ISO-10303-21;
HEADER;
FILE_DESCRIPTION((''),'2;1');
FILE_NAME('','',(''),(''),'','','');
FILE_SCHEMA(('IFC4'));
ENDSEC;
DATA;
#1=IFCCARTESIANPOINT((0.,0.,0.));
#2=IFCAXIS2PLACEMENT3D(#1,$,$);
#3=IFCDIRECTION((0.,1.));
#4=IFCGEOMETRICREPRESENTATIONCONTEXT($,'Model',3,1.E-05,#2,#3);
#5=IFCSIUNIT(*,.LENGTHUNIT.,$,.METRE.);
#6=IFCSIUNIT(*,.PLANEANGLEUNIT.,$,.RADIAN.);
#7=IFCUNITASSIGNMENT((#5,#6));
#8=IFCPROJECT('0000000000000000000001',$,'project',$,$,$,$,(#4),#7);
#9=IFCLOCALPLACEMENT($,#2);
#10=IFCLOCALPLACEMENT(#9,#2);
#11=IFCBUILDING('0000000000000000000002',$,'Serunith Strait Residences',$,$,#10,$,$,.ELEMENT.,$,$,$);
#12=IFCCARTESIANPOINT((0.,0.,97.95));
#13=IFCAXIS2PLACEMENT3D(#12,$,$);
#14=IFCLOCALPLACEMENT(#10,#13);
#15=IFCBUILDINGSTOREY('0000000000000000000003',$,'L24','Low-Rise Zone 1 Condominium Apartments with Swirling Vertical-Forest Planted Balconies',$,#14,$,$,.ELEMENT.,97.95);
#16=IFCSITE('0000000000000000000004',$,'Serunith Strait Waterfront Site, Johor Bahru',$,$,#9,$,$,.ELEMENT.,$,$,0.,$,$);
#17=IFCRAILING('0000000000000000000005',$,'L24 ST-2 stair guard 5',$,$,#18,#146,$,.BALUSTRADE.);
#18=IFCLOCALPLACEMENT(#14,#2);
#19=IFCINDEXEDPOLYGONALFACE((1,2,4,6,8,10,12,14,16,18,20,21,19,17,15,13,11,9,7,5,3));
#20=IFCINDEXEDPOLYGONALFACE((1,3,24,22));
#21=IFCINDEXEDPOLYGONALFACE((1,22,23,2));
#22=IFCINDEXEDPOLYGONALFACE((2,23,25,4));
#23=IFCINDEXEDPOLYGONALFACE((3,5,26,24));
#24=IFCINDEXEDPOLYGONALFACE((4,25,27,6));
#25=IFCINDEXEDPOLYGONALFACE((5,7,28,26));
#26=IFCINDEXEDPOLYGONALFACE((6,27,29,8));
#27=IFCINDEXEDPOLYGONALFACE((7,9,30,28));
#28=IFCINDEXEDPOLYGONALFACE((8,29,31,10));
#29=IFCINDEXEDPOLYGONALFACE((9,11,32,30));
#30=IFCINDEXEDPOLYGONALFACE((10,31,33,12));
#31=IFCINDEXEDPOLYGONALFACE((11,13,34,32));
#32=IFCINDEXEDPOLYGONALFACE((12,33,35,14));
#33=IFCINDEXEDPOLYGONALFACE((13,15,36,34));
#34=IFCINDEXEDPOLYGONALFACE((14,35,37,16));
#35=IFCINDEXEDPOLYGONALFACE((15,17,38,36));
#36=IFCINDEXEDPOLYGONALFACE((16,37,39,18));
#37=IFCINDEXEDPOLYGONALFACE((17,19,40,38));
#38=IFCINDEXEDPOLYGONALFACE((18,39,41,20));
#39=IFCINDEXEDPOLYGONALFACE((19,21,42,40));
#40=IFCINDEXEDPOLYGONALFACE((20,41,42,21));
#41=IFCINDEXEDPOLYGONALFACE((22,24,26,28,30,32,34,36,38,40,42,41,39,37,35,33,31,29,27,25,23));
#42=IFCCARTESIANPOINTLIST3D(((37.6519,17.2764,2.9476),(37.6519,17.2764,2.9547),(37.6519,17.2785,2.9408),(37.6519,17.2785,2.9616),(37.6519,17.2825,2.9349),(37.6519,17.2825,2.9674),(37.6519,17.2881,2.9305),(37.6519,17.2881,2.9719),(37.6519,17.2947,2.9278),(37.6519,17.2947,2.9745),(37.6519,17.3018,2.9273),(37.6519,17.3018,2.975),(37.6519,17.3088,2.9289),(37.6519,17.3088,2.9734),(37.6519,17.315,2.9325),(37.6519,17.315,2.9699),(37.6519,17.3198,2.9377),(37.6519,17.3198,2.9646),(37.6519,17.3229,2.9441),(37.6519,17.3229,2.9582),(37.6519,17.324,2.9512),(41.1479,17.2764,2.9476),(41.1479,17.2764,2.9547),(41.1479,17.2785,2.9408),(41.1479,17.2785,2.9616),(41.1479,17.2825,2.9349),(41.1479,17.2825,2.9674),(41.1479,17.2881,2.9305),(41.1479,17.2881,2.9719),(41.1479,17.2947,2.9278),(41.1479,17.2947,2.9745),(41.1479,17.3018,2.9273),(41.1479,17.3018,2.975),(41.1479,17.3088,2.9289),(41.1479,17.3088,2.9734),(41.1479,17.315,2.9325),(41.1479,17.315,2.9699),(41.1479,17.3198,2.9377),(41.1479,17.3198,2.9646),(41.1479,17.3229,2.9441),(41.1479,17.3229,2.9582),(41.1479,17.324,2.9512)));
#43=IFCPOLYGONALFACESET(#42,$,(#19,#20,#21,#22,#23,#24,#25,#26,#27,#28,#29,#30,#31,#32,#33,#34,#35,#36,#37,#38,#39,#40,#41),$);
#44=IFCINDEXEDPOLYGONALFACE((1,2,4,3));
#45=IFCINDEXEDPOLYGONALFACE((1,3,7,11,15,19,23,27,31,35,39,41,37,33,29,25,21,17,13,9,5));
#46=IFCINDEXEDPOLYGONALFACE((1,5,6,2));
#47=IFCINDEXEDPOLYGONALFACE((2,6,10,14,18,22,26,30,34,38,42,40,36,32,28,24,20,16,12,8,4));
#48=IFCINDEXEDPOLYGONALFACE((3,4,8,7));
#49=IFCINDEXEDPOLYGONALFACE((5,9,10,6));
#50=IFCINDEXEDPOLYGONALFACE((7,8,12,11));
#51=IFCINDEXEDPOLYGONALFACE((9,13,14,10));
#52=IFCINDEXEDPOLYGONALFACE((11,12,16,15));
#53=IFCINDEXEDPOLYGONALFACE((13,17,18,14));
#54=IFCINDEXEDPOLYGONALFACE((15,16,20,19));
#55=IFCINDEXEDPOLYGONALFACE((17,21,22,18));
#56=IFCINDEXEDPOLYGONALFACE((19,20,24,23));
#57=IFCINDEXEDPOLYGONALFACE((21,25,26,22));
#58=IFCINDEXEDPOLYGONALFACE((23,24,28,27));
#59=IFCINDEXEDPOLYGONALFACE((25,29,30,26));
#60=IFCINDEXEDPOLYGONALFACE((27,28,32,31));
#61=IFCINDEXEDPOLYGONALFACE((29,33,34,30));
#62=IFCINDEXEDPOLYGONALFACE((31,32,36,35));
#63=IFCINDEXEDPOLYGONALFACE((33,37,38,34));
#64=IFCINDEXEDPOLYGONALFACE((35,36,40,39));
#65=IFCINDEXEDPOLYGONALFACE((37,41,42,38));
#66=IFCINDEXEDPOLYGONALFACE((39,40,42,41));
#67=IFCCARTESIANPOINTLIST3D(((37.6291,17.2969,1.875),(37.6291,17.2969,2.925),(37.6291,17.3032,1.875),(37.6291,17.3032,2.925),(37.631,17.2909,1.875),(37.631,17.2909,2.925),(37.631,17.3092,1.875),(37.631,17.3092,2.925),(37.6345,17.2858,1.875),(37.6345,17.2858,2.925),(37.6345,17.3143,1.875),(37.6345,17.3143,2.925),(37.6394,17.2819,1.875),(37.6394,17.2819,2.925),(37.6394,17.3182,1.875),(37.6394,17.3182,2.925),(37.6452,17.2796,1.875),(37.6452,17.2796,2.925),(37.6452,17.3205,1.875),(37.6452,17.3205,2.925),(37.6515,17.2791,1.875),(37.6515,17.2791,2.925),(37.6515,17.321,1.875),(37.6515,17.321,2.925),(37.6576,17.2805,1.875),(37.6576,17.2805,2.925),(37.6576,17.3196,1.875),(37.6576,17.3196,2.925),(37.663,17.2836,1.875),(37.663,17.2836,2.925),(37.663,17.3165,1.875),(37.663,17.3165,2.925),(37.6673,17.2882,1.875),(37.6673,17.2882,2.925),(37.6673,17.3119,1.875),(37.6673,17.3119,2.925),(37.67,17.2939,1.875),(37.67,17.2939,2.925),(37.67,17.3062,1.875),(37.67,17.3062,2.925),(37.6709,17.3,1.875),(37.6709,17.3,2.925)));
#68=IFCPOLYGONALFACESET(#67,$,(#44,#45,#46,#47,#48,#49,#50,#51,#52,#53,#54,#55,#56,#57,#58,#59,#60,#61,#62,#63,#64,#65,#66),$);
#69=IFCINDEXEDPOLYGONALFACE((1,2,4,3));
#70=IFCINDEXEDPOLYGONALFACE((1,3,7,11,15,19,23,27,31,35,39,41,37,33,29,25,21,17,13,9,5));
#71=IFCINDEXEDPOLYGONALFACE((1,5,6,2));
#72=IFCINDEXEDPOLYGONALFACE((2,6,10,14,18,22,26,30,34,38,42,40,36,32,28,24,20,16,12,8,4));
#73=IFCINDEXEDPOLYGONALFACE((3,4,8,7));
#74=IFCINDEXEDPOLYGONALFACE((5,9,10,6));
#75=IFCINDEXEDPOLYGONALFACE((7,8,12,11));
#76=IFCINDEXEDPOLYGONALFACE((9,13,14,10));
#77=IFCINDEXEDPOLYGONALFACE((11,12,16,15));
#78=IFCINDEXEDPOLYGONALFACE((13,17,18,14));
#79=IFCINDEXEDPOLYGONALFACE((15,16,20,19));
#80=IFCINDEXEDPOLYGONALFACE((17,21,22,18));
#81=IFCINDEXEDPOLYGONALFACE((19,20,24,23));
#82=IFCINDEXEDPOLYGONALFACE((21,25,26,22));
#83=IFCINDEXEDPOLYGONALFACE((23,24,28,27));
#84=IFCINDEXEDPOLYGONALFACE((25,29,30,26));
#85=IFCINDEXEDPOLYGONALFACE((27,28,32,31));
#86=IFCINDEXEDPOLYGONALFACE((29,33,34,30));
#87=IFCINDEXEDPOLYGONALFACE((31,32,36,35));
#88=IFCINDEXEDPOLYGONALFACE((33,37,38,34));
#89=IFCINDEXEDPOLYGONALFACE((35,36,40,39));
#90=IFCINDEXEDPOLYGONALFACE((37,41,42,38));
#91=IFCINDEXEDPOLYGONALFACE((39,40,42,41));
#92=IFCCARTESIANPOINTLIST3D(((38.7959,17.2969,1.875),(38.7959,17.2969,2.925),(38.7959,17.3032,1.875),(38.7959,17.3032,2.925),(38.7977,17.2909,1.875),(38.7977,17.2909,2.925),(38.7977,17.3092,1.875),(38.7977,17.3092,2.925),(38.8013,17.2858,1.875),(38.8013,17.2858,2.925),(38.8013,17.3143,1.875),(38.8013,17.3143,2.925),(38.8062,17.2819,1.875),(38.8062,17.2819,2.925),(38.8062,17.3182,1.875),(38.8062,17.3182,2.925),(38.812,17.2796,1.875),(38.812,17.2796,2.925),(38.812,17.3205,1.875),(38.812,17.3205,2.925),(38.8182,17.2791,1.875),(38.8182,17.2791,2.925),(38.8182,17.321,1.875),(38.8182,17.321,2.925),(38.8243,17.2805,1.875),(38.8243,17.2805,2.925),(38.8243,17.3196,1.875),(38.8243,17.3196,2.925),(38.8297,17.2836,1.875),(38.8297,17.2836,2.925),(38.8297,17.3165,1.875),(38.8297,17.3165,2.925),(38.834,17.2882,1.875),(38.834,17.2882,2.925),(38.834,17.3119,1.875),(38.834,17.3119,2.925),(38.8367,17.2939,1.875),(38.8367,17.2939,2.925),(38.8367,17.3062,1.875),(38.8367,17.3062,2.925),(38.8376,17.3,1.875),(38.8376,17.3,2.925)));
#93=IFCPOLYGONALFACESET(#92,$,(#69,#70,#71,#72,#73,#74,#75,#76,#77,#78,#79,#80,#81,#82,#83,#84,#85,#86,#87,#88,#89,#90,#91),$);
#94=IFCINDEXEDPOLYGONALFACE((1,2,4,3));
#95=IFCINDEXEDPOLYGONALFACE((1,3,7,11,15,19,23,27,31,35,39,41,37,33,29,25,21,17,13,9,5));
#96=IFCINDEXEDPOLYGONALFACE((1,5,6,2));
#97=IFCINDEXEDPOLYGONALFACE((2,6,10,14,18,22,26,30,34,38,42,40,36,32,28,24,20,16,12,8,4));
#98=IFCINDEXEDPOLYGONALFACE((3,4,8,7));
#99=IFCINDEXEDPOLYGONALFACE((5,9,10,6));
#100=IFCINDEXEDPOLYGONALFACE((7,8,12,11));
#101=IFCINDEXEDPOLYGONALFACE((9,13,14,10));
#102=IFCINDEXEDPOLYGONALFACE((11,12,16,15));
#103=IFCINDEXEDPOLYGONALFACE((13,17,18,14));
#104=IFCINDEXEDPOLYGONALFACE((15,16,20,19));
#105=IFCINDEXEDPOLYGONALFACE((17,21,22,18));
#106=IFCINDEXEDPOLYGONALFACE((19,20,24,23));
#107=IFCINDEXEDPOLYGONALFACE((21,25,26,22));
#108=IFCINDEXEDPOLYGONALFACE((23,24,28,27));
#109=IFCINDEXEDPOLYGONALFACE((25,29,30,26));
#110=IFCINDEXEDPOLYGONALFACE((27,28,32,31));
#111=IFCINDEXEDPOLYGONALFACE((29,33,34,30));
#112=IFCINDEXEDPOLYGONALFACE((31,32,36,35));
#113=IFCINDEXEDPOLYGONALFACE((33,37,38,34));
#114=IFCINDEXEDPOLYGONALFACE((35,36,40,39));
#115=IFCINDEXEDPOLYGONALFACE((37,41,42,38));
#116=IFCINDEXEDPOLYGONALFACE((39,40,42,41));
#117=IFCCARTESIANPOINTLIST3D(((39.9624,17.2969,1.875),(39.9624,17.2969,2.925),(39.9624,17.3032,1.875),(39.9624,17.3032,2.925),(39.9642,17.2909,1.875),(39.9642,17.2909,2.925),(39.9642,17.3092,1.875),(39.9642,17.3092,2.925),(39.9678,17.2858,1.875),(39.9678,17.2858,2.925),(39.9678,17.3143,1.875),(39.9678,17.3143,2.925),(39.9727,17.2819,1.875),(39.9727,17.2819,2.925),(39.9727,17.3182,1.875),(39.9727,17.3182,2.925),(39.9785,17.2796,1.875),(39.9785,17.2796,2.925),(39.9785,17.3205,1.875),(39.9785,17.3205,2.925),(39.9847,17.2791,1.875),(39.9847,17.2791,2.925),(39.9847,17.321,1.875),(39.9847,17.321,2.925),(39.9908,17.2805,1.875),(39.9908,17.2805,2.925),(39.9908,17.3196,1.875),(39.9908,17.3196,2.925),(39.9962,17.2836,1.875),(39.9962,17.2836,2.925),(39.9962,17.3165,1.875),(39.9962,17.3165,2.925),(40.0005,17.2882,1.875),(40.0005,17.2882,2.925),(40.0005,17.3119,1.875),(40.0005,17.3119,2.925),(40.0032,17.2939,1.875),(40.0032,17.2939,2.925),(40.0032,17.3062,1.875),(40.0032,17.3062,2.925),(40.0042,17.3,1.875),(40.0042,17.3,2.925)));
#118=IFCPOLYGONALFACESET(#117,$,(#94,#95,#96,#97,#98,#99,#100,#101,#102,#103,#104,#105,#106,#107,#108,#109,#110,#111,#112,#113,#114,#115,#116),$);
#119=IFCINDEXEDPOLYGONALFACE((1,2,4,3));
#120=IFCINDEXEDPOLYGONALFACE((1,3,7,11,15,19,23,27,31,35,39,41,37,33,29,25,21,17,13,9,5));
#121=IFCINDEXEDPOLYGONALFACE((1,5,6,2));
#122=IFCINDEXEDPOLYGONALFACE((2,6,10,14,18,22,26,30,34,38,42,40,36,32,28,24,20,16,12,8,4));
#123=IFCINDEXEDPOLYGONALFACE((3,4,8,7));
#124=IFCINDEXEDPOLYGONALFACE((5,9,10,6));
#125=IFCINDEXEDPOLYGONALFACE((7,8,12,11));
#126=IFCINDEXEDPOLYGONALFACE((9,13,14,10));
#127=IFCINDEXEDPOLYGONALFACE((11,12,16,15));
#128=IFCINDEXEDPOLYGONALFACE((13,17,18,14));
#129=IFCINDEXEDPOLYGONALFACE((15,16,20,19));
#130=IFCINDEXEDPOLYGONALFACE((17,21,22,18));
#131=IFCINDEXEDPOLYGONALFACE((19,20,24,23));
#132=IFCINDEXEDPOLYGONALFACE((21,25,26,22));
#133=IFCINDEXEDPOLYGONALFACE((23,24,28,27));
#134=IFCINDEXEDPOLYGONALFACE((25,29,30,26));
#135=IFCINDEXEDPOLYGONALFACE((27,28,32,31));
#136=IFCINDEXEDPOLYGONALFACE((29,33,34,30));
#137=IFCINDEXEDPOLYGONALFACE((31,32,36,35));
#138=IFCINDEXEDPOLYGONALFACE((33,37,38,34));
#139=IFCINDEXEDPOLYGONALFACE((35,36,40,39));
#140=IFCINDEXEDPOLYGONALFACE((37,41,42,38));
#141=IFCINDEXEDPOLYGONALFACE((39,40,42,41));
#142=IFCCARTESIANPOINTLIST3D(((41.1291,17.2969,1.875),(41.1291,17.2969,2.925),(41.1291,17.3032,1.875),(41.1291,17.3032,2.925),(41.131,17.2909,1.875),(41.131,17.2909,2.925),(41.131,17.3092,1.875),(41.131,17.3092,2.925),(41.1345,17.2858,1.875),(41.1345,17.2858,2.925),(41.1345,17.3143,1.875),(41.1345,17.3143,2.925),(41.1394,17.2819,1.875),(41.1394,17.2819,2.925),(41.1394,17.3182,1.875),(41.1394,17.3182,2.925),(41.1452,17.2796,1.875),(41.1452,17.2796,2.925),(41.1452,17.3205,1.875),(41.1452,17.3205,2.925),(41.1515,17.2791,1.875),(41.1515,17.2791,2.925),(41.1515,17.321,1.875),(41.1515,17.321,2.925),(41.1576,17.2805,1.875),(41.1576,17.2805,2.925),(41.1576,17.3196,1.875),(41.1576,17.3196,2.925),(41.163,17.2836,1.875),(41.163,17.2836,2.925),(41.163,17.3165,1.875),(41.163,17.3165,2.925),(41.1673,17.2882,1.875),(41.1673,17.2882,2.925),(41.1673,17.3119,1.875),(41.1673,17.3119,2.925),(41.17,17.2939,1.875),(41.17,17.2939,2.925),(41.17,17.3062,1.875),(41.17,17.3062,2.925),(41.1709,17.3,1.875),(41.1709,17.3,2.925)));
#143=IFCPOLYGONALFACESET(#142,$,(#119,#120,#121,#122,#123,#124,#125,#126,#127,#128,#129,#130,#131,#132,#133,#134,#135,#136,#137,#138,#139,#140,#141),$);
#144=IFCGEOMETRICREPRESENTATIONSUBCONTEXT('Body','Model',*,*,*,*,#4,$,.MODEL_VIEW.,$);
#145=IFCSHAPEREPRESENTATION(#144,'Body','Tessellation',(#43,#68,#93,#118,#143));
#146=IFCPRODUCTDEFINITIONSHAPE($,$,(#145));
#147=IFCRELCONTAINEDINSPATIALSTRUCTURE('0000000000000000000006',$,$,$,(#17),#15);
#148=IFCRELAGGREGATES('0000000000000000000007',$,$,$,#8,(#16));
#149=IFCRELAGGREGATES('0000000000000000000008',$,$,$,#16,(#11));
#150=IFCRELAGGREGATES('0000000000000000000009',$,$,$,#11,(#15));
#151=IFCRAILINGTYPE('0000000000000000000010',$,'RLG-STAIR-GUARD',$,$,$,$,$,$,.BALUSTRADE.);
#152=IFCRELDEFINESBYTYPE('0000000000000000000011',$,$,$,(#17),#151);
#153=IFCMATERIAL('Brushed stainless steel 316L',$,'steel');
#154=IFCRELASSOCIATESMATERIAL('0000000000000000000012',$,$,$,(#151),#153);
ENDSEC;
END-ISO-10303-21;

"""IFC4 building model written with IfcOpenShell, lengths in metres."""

from ifc_helpers import new_model, si_unit, direction, frame, origin, origin_2d, place, context, subcontext, project, spatial, circle, extrude, material, type_object, element, save


model = new_model("IFC4")

# Units and contexts
model_context = context("Model", 3, precision=1e-05, world=origin(), true_north=direction((0.0, 1.0)))
body_context = subcontext(model_context, "Body", "Model", "MODEL_VIEW")
ifc_project = project(units=[si_unit("LENGTHUNIT", "METRE"), si_unit("PLANEANGLEUNIT", "RADIAN")], contexts=[model_context])

# Site, building, storey
site_placement = place(None, origin())
site = spatial("IfcSite", under=ifc_project, at=site_placement, Name="Serunith Strait Waterfront Site, Johor Bahru", CompositionType="ELEMENT", RefElevation=0.0)
building_placement = place(site_placement, origin())
building = spatial("IfcBuilding", under=site, at=building_placement, Name="Serunith Strait Residences", CompositionType="ELEMENT")
storey_placement = place(building_placement, frame((0.0, 0.0, 97.95)))
storey = spatial("IfcBuildingStorey", under=building, at=storey_placement, Name="L24", Description="Low-Rise Zone 1 Condominium Apartments with Swirling Vertical-Forest Planted Balconies", CompositionType="ELEMENT", Elevation=97.95)

# Railing
ifc_material_1 = material(Name="Brushed stainless steel 316L", Category="steel")
railing_type_1 = type_object("IfcRailingType", Name="RLG-STAIR-GUARD", PredefinedType="BALUSTRADE", material=ifc_material_1)
railing_1_placement = place(storey_placement, frame((37.6499, 17.3, 1.875)))
element("IfcRailing", 1, at=railing_1_placement, inside=storey, type_object=railing_type_1, Name="L24 ST-2 stair guard 5", PredefinedType="BALUSTRADE", context=body_context, shape_type="SweptSolid", body=[
    extrude(circle(Radius=0.0239, at=origin_2d()), frame((0.002, 0.0, 1.0762), z_axis=(1.0, 0.0, 0.0), x_axis=(0.0, 1.0, 0.0)), (0.0, 0.0, 1.0), 3.4961),
    extrude(circle(Radius=0.021, at=origin_2d()), origin(), (0.0, 0.0, 1.0), 1.05),
    extrude(circle(Radius=0.021, at=origin_2d()), frame((1.1667, 0.0, 0.0)), (0.0, 0.0, 1.0), 1.05),
    extrude(circle(Radius=0.021, at=origin_2d()), frame((2.3333, 0.0, 0.0)), (0.0, 0.0, 1.0), 1.05),
    extrude(circle(Radius=0.021, at=origin_2d()), frame((3.5, 0.0, 0.0)), (0.0, 0.0, 1.0), 1.05),
])

save(model, "model.ifc")
